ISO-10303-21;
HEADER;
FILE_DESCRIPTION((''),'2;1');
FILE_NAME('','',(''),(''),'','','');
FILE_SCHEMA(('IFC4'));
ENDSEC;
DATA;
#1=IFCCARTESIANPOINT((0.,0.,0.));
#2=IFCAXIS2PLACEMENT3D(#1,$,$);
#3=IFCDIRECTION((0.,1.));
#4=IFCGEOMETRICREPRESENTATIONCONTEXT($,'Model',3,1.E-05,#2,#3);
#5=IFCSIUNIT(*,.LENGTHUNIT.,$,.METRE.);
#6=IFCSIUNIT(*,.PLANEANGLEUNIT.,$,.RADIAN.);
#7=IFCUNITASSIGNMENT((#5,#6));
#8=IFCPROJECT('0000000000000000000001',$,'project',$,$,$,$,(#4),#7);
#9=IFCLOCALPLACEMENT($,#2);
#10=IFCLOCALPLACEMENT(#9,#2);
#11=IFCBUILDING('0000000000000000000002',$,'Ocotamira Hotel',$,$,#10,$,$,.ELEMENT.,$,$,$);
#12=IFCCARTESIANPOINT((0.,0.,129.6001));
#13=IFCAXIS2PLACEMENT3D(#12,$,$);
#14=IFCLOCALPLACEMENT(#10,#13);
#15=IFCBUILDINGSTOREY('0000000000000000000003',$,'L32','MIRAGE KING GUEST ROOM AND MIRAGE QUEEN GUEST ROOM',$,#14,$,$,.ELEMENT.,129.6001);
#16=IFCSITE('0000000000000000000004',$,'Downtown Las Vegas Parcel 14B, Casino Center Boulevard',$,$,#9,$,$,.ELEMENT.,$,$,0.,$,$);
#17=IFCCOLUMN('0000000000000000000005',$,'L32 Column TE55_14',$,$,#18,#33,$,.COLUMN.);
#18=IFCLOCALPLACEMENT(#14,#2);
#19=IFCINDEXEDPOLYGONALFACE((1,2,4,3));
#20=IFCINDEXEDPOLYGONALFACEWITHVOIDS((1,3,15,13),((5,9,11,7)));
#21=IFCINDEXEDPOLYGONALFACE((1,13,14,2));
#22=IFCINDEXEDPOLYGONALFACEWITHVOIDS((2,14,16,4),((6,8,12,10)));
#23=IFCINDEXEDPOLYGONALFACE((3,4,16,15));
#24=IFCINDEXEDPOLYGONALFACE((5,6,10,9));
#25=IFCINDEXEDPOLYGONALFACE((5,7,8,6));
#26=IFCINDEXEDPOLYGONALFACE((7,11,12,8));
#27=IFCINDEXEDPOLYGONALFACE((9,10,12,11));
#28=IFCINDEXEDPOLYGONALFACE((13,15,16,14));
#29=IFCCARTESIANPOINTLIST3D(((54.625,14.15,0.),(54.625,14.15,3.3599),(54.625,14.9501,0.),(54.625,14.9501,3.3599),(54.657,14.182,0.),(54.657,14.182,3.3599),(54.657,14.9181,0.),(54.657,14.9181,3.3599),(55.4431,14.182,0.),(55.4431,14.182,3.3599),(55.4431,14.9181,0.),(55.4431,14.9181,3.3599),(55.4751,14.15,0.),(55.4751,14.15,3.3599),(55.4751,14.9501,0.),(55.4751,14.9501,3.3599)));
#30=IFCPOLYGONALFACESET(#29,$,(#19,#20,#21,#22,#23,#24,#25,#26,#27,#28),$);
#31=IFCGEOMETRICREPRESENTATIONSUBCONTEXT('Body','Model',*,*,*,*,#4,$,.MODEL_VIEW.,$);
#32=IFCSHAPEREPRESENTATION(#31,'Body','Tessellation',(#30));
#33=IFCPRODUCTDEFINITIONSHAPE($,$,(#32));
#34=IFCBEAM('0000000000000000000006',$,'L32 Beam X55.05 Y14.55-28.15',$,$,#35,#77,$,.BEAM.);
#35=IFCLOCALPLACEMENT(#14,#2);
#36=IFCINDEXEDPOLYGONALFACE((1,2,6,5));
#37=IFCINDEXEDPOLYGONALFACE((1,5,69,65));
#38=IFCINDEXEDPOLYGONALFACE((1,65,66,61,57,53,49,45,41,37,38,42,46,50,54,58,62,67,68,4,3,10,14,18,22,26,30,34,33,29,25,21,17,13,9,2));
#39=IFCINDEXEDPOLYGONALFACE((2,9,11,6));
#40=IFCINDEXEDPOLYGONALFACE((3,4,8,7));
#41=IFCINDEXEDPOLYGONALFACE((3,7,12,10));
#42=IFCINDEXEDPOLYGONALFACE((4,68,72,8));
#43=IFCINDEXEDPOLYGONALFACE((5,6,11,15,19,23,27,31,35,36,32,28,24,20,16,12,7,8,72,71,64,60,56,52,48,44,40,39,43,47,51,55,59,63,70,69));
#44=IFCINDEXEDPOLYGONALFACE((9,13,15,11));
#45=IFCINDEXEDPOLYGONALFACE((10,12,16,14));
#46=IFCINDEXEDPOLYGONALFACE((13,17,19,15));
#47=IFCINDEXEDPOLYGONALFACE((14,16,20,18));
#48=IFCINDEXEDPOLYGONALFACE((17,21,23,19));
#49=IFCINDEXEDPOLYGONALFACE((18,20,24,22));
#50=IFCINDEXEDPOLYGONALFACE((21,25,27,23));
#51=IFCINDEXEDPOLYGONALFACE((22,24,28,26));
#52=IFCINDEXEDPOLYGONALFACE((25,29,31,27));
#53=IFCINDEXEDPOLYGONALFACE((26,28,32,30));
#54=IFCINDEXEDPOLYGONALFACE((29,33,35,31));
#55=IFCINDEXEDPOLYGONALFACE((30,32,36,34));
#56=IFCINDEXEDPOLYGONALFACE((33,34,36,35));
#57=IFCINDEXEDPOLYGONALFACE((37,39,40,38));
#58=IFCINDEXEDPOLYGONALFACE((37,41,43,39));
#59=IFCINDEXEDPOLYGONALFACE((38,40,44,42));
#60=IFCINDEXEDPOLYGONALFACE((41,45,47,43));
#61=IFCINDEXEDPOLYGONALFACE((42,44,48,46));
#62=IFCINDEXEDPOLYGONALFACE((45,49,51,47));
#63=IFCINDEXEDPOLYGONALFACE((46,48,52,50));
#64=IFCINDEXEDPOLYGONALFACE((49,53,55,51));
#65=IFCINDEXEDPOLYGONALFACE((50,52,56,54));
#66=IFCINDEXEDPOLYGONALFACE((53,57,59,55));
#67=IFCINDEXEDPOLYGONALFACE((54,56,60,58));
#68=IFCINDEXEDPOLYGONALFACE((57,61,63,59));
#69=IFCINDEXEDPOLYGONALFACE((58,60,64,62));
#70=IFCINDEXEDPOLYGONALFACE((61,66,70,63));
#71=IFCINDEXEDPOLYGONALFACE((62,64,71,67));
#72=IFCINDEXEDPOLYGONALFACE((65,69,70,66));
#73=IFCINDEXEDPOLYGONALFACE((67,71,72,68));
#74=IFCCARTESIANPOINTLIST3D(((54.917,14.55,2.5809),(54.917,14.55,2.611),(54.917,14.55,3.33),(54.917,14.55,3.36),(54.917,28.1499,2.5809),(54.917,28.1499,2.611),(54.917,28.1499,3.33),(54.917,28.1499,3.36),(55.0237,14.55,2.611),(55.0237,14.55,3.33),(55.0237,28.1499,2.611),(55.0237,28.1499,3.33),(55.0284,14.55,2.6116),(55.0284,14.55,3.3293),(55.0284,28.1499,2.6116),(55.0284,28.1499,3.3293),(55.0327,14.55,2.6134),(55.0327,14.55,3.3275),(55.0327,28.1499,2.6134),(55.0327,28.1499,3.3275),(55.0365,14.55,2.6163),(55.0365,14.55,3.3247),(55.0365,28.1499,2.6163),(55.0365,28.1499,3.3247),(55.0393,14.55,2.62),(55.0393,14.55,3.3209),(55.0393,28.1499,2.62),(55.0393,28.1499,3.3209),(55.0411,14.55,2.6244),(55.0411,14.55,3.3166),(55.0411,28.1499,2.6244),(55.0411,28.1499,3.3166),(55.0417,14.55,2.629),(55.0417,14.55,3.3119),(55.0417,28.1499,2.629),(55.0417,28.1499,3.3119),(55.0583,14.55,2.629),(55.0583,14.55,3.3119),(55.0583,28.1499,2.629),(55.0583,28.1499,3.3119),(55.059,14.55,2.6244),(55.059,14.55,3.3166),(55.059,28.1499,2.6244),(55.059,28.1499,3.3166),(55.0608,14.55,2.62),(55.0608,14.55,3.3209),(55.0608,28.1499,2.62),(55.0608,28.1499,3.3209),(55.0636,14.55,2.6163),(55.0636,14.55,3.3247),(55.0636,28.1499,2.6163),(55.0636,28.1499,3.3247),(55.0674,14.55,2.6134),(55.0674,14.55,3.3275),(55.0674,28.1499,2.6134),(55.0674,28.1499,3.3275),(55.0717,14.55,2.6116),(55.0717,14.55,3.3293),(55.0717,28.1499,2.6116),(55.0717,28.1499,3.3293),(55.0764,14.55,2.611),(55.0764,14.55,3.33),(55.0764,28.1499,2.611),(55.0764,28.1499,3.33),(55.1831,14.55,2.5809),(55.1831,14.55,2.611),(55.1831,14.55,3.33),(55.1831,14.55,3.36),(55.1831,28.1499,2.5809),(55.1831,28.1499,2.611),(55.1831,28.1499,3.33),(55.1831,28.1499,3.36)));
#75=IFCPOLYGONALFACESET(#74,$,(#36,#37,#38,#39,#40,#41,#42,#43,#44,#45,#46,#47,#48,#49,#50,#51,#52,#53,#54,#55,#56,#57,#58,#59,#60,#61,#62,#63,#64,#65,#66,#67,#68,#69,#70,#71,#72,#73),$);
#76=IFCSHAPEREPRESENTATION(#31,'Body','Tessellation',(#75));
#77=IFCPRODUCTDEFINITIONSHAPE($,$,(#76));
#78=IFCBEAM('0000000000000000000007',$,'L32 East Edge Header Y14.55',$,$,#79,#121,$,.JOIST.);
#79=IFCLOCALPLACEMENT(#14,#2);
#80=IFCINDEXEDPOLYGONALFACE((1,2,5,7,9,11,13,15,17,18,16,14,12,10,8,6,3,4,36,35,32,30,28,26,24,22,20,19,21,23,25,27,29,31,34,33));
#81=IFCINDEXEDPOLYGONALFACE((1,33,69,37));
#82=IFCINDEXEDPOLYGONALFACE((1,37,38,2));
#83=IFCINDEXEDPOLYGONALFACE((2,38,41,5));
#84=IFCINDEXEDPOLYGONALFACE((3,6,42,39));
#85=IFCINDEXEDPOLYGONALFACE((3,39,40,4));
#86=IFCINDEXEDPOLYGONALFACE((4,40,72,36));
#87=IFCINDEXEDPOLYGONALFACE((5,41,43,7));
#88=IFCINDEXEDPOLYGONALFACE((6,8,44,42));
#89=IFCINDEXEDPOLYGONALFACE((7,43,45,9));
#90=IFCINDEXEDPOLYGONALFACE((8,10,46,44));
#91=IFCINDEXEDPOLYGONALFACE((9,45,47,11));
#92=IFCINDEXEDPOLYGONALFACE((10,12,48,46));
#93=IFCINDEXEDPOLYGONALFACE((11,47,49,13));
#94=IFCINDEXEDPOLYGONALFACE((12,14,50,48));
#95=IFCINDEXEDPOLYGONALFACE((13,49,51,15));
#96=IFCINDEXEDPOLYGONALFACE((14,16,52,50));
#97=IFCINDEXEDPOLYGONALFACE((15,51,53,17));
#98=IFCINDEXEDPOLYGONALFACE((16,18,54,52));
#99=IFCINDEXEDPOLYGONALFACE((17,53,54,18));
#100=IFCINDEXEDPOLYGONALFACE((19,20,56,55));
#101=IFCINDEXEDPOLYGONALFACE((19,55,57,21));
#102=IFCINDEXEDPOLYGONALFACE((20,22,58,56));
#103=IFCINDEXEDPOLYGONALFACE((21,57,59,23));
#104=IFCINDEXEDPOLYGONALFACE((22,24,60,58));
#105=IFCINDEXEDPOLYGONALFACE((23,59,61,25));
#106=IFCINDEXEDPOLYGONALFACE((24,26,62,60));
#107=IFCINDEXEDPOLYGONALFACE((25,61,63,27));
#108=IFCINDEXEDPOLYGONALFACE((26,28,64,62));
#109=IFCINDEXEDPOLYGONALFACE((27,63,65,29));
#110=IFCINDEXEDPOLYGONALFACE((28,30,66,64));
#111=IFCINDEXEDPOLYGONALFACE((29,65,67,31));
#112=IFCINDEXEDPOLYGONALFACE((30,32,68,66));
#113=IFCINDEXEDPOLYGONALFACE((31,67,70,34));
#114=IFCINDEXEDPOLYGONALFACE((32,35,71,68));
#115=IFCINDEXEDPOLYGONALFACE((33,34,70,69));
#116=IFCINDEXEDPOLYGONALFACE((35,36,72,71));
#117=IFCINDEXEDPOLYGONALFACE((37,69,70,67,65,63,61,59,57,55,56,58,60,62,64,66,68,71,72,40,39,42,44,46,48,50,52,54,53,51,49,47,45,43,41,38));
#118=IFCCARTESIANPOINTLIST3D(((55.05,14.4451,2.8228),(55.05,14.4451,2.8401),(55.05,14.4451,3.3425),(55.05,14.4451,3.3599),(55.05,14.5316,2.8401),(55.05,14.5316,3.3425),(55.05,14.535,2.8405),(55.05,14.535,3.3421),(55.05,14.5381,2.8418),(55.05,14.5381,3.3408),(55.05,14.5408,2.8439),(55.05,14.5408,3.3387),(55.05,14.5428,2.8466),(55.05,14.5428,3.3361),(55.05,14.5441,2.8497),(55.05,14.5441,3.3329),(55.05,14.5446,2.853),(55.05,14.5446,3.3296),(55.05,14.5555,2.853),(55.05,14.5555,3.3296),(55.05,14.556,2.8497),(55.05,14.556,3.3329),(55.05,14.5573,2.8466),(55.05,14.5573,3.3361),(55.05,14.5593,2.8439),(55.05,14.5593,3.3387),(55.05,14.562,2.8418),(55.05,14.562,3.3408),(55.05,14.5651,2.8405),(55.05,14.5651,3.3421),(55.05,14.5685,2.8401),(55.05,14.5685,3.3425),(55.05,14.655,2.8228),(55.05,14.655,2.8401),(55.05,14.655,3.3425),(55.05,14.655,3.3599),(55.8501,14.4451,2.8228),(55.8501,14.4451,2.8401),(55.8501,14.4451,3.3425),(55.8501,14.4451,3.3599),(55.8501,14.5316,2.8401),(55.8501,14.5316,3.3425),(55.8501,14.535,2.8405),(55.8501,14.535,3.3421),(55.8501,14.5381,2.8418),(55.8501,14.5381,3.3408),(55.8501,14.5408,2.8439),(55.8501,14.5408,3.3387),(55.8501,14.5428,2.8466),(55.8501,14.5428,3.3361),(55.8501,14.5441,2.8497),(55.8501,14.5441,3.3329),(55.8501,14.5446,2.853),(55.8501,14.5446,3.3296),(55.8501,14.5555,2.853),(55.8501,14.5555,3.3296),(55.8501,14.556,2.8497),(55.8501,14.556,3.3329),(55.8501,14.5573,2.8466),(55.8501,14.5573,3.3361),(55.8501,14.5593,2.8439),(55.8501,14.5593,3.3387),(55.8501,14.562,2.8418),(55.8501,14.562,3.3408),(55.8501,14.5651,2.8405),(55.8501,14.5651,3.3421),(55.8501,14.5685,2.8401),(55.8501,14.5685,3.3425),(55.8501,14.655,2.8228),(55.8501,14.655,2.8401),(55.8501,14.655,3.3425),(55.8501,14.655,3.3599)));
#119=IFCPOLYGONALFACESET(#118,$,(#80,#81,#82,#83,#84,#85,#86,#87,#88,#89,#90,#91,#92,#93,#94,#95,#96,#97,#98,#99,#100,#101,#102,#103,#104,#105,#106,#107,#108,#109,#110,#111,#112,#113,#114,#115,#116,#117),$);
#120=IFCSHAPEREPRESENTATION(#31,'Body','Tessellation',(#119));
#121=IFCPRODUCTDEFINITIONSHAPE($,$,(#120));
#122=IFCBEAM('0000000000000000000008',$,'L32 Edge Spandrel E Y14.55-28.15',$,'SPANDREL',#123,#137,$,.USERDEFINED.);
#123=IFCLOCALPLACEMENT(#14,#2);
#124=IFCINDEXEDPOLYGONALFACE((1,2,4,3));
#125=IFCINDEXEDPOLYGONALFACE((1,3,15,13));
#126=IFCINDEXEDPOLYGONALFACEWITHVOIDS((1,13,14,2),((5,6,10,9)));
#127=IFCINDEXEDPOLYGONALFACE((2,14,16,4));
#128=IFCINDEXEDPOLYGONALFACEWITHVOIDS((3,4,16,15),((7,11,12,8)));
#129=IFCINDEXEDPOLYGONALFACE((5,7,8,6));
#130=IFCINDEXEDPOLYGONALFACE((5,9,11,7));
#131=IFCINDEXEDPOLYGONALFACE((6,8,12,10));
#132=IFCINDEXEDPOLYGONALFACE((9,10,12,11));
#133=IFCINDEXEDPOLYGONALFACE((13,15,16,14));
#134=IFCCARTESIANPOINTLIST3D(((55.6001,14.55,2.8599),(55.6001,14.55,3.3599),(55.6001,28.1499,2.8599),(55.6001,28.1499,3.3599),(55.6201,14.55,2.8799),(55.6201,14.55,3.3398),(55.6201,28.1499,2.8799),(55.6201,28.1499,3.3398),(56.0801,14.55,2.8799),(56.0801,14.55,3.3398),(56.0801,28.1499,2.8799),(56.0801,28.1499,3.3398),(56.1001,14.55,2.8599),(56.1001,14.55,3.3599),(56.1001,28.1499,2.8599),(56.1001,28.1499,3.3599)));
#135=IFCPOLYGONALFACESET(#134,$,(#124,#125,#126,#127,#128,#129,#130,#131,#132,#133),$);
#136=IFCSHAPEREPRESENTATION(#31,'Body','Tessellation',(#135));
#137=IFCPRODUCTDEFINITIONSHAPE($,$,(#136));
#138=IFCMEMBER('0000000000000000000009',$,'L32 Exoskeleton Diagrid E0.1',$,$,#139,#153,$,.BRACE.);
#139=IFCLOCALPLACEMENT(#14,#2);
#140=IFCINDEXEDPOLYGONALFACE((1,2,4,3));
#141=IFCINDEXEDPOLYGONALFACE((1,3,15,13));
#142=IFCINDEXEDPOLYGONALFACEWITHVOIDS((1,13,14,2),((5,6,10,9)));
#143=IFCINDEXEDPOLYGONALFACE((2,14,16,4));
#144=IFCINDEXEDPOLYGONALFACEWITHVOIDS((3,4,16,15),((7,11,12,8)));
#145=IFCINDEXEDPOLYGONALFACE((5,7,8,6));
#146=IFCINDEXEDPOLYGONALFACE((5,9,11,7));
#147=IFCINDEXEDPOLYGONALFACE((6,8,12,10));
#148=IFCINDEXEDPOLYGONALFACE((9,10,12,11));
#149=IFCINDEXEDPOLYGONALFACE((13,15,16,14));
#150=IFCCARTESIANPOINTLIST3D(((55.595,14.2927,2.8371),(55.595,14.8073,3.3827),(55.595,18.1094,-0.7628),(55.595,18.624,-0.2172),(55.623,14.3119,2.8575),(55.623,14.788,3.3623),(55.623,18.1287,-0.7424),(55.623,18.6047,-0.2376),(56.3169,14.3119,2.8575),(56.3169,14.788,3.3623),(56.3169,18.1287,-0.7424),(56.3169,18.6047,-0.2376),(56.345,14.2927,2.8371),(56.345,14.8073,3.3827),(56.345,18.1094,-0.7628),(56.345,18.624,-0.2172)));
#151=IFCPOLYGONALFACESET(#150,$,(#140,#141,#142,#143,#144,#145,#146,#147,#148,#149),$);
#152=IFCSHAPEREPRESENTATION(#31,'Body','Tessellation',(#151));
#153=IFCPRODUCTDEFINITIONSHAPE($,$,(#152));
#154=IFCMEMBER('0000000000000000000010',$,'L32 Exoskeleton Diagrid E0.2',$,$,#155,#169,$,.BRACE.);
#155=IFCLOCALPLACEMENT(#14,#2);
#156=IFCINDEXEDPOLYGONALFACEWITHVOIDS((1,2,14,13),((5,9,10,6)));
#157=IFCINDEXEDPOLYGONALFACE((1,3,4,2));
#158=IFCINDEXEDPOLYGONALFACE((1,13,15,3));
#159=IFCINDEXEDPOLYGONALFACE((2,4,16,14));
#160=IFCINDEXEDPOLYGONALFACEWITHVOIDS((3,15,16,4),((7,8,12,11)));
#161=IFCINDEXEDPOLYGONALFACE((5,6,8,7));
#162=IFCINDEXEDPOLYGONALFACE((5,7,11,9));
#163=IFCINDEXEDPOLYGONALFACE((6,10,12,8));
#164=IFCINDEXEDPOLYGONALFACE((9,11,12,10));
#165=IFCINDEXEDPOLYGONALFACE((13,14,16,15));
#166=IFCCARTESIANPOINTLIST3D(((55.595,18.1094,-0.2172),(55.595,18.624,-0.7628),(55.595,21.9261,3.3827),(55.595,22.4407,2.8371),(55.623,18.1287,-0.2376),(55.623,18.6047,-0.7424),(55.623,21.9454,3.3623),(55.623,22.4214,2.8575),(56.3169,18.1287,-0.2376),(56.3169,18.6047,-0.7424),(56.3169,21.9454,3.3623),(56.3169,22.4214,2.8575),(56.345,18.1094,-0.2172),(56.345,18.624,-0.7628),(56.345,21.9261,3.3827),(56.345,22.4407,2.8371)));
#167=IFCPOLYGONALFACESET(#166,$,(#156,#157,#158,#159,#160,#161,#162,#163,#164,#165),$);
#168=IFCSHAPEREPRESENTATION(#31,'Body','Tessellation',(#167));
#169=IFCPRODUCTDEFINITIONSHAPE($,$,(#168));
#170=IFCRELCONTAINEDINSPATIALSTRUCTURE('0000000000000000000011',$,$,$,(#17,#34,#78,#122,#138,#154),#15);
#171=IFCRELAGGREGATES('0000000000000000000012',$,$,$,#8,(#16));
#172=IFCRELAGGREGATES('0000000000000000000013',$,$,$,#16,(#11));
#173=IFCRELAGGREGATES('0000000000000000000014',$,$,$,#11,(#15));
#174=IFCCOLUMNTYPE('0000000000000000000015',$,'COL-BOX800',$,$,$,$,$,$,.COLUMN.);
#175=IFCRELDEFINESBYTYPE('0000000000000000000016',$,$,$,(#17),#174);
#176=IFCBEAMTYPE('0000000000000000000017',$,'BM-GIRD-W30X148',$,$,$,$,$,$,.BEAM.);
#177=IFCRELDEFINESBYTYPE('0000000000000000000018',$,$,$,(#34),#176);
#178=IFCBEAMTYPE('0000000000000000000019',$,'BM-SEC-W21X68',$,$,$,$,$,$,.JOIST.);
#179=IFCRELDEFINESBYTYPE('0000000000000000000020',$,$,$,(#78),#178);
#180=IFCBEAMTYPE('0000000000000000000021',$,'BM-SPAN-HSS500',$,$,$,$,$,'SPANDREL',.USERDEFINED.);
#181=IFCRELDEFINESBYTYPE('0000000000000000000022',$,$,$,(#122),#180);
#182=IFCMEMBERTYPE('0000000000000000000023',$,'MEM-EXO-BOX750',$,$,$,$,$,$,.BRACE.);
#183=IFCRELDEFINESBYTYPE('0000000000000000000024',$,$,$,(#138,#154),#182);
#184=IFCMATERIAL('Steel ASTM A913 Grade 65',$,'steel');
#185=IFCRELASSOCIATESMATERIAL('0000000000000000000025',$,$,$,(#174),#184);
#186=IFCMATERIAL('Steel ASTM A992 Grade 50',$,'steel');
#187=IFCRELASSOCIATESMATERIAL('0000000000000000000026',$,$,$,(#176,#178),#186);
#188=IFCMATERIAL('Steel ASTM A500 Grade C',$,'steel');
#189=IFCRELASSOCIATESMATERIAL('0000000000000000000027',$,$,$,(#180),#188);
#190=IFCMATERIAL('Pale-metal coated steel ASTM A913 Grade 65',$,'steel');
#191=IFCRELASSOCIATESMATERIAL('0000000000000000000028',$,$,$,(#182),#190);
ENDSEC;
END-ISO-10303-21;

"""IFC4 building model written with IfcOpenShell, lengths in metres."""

from ifc_helpers import new_model, si_unit, direction, frame, origin, origin_2d, place, context, subcontext, project, spatial, hollow_rectangle, i_section, extrude, source, transform, mapped, material, material_profile, profile_set, type_object, element, save


model = new_model("IFC4")

# Units and contexts
model_context = context("Model", 3, precision=1e-05, world=origin(), true_north=direction((0.0, 1.0)))
body_context = subcontext(model_context, "Body", "Model", "MODEL_VIEW")
ifc_project = project(units=[si_unit("LENGTHUNIT", "METRE"), si_unit("PLANEANGLEUNIT", "RADIAN")], contexts=[model_context])

# Site, building, storey
site_placement = place(None, origin())
site = spatial("IfcSite", under=ifc_project, at=site_placement, Name="Downtown Las Vegas Parcel 14B, Casino Center Boulevard", CompositionType="ELEMENT", RefElevation=0.0)
building_placement = place(site_placement, origin())
building = spatial("IfcBuilding", under=site, at=building_placement, Name="Ocotamira Hotel", CompositionType="ELEMENT")
storey_placement = place(building_placement, frame((0.0, 0.0, 129.6001)))
storey = spatial("IfcBuildingStorey", under=building, at=storey_placement, Name="L32", Description="MIRAGE KING GUEST ROOM AND MIRAGE QUEEN GUEST ROOM", CompositionType="ELEMENT", Elevation=129.6001)

# Column
ifc_material_1 = material(Name="Steel ASTM A913 Grade 65", Category="steel")
ifc_material_profile_1 = material_profile(ifc_material_1, hollow_rectangle(XDim=0.8501, YDim=0.8, WallThickness=0.032, at=origin_2d()), Name="BOX800X850X32")
ifc_profile_set_1 = profile_set([ifc_material_profile_1], Name="Steel ASTM A913 Grade 65")
column_type = type_object("IfcColumnType", Name="COL-BOX800", PredefinedType="COLUMN", material=ifc_profile_set_1)
shared_shape_1 = source(origin(), body_context, "Body", "SweptSolid", [
    extrude(hollow_rectangle(XDim=0.8501, YDim=0.8, WallThickness=0.032, at=origin_2d()), origin(), (0.0, 0.0, 1.0), 3.3599),
])
column_placement = place(storey_placement, frame((55.05, 14.55, 0.0), z_axis=(0.0, 0.0, 1.0), x_axis=(1.0, 0.0, 0.0)))
element("IfcColumn", 1, at=column_placement, inside=storey, type_object=column_type, Name="L32 Column TE55_14", PredefinedType="COLUMN", context=body_context, shape_type="MappedRepresentation", body=[
    mapped(shared_shape_1, transform((0.0, 0.0, 0.0), scale=1.0)),
])

# Beams
ifc_material_2 = material(Name="Steel ASTM A992 Grade 50", Category="steel")
ifc_material_profile_2 = material_profile(ifc_material_2, i_section(OverallWidth=0.2661, OverallDepth=0.7791, WebThickness=0.0166, FlangeThickness=0.03, FilletRadius=0.0181, at=origin_2d()), Name="W30X148")
ifc_profile_set_2 = profile_set([ifc_material_profile_2], Name="Steel ASTM A992 Grade 50")
beam_type_1 = type_object("IfcBeamType", Name="BM-GIRD-W30X148", PredefinedType="BEAM", material=ifc_profile_set_2)
shared_shape_2 = source(origin(), body_context, "Body", "SweptSolid", [
    extrude(i_section(OverallWidth=0.2661, OverallDepth=0.7791, WebThickness=0.0166, FlangeThickness=0.03, FilletRadius=0.0181, at=origin_2d()), origin(), (0.0, 0.0, 1.0), 13.5999),
])
beam_1_placement = place(storey_placement, frame((55.05, 14.55, 2.9705), z_axis=(0.0, 1.0, 0.0), x_axis=(-1.0, 0.0, 0.0)))
element("IfcBeam", 2, at=beam_1_placement, inside=storey, type_object=beam_type_1, Name="L32 Beam X55.05 Y14.55-28.15", PredefinedType="BEAM", context=body_context, shape_type="MappedRepresentation", body=[
    mapped(shared_shape_2, transform((0.0, 0.0, 0.0), scale=1.0)),
])
ifc_material_profile_3 = material_profile(ifc_material_2, i_section(OverallWidth=0.21, OverallDepth=0.5371, WebThickness=0.011, FlangeThickness=0.0173, FilletRadius=0.0129, at=origin_2d()), Name="W21X68")
ifc_profile_set_3 = profile_set([ifc_material_profile_3], Name="Steel ASTM A992 Grade 50")
beam_type_2 = type_object("IfcBeamType", Name="BM-SEC-W21X68", PredefinedType="JOIST", material=ifc_profile_set_3)
shared_shape_3 = source(origin(), body_context, "Body", "SweptSolid", [
    extrude(i_section(OverallWidth=0.21, OverallDepth=0.5371, WebThickness=0.011, FlangeThickness=0.0173, FilletRadius=0.0129, at=origin_2d()), origin(), (0.0, 0.0, 1.0), 0.8),
])
beam_2_placement = place(storey_placement, frame((55.05, 14.55, 3.0913), z_axis=(1.0, 0.0, 0.0), x_axis=(0.0, 1.0, 0.0)))
element("IfcBeam", 3, at=beam_2_placement, inside=storey, type_object=beam_type_2, Name="L32 East Edge Header Y14.55", PredefinedType="JOIST", context=body_context, shape_type="MappedRepresentation", body=[
    mapped(shared_shape_3, transform((0.0, 0.0, 0.0), scale=1.0)),
])
ifc_material_3 = material(Name="Steel ASTM A500 Grade C", Category="steel")
ifc_material_profile_4 = material_profile(ifc_material_3, hollow_rectangle(XDim=0.5, YDim=0.5, WallThickness=0.02, at=origin_2d()), Name="HSS500X500X20")
ifc_profile_set_4 = profile_set([ifc_material_profile_4], Name="Steel ASTM A500 Grade C")
beam_type_3 = type_object("IfcBeamType", Name="BM-SPAN-HSS500", ElementType="SPANDREL", PredefinedType="USERDEFINED", material=ifc_profile_set_4)
shared_shape_4 = source(origin(), body_context, "Body", "SweptSolid", [
    extrude(hollow_rectangle(XDim=0.5, YDim=0.5, WallThickness=0.02, at=origin_2d()), origin(), (0.0, 0.0, 1.0), 13.5999),
])
beam_3_placement = place(storey_placement, frame((55.8501, 14.55, 3.1099), z_axis=(0.0, 1.0, 0.0), x_axis=(-1.0, 0.0, 0.0)))
element("IfcBeam", 4, at=beam_3_placement, inside=storey, type_object=beam_type_3, Name="L32 Edge Spandrel E Y14.55-28.15", ObjectType="SPANDREL", PredefinedType="USERDEFINED", context=body_context, shape_type="MappedRepresentation", body=[
    mapped(shared_shape_4, transform((0.0, 0.0, 0.0), scale=1.0)),
])

# Members
ifc_material_4 = material(Name="Pale-metal coated steel ASTM A913 Grade 65", Category="steel")
ifc_material_profile_5 = material_profile(ifc_material_4, hollow_rectangle(XDim=0.75, YDim=0.75, WallThickness=0.0281, at=origin_2d()), Name="BOX750X750X28")
ifc_profile_set_5 = profile_set([ifc_material_profile_5], Name="Pale-metal coated steel ASTM A913 Grade 65")
member_type_1 = type_object("IfcMemberType", Name="MEM-EXO-BOX750", PredefinedType="BRACE", material=ifc_profile_set_5)
shared_shape_5 = source(origin(), body_context, "Body", "SweptSolid", [
    extrude(hollow_rectangle(XDim=0.75, YDim=0.75, WallThickness=0.0281, at=origin_2d()), origin(), (0.0, 0.0, 1.0), 5.2466),
])
for number, where, z_axis, x_axis, name in (
    (5, (55.97, 18.3667, -0.49), (0.0, -0.727466, 0.686144), (1.0, 0.0, 0.0), "L32 Exoskeleton Diagrid E0.1"),
    (6, (55.97, 18.3667, -0.49), (0.0, 0.727466, 0.686144), (-1.0, 0.0, 0.0), "L32 Exoskeleton Diagrid E0.2"),
):
    element("IfcMember", number, at=place(storey_placement, frame(where, z_axis=z_axis, x_axis=x_axis)), inside=storey, type_object=member_type_1, Name=name, PredefinedType="BRACE", context=body_context, shape_type="MappedRepresentation", body=[
        mapped(shared_shape_5, transform((0.0, 0.0, 0.0), scale=1.0)),
    ])

save(model, "model.ifc")
